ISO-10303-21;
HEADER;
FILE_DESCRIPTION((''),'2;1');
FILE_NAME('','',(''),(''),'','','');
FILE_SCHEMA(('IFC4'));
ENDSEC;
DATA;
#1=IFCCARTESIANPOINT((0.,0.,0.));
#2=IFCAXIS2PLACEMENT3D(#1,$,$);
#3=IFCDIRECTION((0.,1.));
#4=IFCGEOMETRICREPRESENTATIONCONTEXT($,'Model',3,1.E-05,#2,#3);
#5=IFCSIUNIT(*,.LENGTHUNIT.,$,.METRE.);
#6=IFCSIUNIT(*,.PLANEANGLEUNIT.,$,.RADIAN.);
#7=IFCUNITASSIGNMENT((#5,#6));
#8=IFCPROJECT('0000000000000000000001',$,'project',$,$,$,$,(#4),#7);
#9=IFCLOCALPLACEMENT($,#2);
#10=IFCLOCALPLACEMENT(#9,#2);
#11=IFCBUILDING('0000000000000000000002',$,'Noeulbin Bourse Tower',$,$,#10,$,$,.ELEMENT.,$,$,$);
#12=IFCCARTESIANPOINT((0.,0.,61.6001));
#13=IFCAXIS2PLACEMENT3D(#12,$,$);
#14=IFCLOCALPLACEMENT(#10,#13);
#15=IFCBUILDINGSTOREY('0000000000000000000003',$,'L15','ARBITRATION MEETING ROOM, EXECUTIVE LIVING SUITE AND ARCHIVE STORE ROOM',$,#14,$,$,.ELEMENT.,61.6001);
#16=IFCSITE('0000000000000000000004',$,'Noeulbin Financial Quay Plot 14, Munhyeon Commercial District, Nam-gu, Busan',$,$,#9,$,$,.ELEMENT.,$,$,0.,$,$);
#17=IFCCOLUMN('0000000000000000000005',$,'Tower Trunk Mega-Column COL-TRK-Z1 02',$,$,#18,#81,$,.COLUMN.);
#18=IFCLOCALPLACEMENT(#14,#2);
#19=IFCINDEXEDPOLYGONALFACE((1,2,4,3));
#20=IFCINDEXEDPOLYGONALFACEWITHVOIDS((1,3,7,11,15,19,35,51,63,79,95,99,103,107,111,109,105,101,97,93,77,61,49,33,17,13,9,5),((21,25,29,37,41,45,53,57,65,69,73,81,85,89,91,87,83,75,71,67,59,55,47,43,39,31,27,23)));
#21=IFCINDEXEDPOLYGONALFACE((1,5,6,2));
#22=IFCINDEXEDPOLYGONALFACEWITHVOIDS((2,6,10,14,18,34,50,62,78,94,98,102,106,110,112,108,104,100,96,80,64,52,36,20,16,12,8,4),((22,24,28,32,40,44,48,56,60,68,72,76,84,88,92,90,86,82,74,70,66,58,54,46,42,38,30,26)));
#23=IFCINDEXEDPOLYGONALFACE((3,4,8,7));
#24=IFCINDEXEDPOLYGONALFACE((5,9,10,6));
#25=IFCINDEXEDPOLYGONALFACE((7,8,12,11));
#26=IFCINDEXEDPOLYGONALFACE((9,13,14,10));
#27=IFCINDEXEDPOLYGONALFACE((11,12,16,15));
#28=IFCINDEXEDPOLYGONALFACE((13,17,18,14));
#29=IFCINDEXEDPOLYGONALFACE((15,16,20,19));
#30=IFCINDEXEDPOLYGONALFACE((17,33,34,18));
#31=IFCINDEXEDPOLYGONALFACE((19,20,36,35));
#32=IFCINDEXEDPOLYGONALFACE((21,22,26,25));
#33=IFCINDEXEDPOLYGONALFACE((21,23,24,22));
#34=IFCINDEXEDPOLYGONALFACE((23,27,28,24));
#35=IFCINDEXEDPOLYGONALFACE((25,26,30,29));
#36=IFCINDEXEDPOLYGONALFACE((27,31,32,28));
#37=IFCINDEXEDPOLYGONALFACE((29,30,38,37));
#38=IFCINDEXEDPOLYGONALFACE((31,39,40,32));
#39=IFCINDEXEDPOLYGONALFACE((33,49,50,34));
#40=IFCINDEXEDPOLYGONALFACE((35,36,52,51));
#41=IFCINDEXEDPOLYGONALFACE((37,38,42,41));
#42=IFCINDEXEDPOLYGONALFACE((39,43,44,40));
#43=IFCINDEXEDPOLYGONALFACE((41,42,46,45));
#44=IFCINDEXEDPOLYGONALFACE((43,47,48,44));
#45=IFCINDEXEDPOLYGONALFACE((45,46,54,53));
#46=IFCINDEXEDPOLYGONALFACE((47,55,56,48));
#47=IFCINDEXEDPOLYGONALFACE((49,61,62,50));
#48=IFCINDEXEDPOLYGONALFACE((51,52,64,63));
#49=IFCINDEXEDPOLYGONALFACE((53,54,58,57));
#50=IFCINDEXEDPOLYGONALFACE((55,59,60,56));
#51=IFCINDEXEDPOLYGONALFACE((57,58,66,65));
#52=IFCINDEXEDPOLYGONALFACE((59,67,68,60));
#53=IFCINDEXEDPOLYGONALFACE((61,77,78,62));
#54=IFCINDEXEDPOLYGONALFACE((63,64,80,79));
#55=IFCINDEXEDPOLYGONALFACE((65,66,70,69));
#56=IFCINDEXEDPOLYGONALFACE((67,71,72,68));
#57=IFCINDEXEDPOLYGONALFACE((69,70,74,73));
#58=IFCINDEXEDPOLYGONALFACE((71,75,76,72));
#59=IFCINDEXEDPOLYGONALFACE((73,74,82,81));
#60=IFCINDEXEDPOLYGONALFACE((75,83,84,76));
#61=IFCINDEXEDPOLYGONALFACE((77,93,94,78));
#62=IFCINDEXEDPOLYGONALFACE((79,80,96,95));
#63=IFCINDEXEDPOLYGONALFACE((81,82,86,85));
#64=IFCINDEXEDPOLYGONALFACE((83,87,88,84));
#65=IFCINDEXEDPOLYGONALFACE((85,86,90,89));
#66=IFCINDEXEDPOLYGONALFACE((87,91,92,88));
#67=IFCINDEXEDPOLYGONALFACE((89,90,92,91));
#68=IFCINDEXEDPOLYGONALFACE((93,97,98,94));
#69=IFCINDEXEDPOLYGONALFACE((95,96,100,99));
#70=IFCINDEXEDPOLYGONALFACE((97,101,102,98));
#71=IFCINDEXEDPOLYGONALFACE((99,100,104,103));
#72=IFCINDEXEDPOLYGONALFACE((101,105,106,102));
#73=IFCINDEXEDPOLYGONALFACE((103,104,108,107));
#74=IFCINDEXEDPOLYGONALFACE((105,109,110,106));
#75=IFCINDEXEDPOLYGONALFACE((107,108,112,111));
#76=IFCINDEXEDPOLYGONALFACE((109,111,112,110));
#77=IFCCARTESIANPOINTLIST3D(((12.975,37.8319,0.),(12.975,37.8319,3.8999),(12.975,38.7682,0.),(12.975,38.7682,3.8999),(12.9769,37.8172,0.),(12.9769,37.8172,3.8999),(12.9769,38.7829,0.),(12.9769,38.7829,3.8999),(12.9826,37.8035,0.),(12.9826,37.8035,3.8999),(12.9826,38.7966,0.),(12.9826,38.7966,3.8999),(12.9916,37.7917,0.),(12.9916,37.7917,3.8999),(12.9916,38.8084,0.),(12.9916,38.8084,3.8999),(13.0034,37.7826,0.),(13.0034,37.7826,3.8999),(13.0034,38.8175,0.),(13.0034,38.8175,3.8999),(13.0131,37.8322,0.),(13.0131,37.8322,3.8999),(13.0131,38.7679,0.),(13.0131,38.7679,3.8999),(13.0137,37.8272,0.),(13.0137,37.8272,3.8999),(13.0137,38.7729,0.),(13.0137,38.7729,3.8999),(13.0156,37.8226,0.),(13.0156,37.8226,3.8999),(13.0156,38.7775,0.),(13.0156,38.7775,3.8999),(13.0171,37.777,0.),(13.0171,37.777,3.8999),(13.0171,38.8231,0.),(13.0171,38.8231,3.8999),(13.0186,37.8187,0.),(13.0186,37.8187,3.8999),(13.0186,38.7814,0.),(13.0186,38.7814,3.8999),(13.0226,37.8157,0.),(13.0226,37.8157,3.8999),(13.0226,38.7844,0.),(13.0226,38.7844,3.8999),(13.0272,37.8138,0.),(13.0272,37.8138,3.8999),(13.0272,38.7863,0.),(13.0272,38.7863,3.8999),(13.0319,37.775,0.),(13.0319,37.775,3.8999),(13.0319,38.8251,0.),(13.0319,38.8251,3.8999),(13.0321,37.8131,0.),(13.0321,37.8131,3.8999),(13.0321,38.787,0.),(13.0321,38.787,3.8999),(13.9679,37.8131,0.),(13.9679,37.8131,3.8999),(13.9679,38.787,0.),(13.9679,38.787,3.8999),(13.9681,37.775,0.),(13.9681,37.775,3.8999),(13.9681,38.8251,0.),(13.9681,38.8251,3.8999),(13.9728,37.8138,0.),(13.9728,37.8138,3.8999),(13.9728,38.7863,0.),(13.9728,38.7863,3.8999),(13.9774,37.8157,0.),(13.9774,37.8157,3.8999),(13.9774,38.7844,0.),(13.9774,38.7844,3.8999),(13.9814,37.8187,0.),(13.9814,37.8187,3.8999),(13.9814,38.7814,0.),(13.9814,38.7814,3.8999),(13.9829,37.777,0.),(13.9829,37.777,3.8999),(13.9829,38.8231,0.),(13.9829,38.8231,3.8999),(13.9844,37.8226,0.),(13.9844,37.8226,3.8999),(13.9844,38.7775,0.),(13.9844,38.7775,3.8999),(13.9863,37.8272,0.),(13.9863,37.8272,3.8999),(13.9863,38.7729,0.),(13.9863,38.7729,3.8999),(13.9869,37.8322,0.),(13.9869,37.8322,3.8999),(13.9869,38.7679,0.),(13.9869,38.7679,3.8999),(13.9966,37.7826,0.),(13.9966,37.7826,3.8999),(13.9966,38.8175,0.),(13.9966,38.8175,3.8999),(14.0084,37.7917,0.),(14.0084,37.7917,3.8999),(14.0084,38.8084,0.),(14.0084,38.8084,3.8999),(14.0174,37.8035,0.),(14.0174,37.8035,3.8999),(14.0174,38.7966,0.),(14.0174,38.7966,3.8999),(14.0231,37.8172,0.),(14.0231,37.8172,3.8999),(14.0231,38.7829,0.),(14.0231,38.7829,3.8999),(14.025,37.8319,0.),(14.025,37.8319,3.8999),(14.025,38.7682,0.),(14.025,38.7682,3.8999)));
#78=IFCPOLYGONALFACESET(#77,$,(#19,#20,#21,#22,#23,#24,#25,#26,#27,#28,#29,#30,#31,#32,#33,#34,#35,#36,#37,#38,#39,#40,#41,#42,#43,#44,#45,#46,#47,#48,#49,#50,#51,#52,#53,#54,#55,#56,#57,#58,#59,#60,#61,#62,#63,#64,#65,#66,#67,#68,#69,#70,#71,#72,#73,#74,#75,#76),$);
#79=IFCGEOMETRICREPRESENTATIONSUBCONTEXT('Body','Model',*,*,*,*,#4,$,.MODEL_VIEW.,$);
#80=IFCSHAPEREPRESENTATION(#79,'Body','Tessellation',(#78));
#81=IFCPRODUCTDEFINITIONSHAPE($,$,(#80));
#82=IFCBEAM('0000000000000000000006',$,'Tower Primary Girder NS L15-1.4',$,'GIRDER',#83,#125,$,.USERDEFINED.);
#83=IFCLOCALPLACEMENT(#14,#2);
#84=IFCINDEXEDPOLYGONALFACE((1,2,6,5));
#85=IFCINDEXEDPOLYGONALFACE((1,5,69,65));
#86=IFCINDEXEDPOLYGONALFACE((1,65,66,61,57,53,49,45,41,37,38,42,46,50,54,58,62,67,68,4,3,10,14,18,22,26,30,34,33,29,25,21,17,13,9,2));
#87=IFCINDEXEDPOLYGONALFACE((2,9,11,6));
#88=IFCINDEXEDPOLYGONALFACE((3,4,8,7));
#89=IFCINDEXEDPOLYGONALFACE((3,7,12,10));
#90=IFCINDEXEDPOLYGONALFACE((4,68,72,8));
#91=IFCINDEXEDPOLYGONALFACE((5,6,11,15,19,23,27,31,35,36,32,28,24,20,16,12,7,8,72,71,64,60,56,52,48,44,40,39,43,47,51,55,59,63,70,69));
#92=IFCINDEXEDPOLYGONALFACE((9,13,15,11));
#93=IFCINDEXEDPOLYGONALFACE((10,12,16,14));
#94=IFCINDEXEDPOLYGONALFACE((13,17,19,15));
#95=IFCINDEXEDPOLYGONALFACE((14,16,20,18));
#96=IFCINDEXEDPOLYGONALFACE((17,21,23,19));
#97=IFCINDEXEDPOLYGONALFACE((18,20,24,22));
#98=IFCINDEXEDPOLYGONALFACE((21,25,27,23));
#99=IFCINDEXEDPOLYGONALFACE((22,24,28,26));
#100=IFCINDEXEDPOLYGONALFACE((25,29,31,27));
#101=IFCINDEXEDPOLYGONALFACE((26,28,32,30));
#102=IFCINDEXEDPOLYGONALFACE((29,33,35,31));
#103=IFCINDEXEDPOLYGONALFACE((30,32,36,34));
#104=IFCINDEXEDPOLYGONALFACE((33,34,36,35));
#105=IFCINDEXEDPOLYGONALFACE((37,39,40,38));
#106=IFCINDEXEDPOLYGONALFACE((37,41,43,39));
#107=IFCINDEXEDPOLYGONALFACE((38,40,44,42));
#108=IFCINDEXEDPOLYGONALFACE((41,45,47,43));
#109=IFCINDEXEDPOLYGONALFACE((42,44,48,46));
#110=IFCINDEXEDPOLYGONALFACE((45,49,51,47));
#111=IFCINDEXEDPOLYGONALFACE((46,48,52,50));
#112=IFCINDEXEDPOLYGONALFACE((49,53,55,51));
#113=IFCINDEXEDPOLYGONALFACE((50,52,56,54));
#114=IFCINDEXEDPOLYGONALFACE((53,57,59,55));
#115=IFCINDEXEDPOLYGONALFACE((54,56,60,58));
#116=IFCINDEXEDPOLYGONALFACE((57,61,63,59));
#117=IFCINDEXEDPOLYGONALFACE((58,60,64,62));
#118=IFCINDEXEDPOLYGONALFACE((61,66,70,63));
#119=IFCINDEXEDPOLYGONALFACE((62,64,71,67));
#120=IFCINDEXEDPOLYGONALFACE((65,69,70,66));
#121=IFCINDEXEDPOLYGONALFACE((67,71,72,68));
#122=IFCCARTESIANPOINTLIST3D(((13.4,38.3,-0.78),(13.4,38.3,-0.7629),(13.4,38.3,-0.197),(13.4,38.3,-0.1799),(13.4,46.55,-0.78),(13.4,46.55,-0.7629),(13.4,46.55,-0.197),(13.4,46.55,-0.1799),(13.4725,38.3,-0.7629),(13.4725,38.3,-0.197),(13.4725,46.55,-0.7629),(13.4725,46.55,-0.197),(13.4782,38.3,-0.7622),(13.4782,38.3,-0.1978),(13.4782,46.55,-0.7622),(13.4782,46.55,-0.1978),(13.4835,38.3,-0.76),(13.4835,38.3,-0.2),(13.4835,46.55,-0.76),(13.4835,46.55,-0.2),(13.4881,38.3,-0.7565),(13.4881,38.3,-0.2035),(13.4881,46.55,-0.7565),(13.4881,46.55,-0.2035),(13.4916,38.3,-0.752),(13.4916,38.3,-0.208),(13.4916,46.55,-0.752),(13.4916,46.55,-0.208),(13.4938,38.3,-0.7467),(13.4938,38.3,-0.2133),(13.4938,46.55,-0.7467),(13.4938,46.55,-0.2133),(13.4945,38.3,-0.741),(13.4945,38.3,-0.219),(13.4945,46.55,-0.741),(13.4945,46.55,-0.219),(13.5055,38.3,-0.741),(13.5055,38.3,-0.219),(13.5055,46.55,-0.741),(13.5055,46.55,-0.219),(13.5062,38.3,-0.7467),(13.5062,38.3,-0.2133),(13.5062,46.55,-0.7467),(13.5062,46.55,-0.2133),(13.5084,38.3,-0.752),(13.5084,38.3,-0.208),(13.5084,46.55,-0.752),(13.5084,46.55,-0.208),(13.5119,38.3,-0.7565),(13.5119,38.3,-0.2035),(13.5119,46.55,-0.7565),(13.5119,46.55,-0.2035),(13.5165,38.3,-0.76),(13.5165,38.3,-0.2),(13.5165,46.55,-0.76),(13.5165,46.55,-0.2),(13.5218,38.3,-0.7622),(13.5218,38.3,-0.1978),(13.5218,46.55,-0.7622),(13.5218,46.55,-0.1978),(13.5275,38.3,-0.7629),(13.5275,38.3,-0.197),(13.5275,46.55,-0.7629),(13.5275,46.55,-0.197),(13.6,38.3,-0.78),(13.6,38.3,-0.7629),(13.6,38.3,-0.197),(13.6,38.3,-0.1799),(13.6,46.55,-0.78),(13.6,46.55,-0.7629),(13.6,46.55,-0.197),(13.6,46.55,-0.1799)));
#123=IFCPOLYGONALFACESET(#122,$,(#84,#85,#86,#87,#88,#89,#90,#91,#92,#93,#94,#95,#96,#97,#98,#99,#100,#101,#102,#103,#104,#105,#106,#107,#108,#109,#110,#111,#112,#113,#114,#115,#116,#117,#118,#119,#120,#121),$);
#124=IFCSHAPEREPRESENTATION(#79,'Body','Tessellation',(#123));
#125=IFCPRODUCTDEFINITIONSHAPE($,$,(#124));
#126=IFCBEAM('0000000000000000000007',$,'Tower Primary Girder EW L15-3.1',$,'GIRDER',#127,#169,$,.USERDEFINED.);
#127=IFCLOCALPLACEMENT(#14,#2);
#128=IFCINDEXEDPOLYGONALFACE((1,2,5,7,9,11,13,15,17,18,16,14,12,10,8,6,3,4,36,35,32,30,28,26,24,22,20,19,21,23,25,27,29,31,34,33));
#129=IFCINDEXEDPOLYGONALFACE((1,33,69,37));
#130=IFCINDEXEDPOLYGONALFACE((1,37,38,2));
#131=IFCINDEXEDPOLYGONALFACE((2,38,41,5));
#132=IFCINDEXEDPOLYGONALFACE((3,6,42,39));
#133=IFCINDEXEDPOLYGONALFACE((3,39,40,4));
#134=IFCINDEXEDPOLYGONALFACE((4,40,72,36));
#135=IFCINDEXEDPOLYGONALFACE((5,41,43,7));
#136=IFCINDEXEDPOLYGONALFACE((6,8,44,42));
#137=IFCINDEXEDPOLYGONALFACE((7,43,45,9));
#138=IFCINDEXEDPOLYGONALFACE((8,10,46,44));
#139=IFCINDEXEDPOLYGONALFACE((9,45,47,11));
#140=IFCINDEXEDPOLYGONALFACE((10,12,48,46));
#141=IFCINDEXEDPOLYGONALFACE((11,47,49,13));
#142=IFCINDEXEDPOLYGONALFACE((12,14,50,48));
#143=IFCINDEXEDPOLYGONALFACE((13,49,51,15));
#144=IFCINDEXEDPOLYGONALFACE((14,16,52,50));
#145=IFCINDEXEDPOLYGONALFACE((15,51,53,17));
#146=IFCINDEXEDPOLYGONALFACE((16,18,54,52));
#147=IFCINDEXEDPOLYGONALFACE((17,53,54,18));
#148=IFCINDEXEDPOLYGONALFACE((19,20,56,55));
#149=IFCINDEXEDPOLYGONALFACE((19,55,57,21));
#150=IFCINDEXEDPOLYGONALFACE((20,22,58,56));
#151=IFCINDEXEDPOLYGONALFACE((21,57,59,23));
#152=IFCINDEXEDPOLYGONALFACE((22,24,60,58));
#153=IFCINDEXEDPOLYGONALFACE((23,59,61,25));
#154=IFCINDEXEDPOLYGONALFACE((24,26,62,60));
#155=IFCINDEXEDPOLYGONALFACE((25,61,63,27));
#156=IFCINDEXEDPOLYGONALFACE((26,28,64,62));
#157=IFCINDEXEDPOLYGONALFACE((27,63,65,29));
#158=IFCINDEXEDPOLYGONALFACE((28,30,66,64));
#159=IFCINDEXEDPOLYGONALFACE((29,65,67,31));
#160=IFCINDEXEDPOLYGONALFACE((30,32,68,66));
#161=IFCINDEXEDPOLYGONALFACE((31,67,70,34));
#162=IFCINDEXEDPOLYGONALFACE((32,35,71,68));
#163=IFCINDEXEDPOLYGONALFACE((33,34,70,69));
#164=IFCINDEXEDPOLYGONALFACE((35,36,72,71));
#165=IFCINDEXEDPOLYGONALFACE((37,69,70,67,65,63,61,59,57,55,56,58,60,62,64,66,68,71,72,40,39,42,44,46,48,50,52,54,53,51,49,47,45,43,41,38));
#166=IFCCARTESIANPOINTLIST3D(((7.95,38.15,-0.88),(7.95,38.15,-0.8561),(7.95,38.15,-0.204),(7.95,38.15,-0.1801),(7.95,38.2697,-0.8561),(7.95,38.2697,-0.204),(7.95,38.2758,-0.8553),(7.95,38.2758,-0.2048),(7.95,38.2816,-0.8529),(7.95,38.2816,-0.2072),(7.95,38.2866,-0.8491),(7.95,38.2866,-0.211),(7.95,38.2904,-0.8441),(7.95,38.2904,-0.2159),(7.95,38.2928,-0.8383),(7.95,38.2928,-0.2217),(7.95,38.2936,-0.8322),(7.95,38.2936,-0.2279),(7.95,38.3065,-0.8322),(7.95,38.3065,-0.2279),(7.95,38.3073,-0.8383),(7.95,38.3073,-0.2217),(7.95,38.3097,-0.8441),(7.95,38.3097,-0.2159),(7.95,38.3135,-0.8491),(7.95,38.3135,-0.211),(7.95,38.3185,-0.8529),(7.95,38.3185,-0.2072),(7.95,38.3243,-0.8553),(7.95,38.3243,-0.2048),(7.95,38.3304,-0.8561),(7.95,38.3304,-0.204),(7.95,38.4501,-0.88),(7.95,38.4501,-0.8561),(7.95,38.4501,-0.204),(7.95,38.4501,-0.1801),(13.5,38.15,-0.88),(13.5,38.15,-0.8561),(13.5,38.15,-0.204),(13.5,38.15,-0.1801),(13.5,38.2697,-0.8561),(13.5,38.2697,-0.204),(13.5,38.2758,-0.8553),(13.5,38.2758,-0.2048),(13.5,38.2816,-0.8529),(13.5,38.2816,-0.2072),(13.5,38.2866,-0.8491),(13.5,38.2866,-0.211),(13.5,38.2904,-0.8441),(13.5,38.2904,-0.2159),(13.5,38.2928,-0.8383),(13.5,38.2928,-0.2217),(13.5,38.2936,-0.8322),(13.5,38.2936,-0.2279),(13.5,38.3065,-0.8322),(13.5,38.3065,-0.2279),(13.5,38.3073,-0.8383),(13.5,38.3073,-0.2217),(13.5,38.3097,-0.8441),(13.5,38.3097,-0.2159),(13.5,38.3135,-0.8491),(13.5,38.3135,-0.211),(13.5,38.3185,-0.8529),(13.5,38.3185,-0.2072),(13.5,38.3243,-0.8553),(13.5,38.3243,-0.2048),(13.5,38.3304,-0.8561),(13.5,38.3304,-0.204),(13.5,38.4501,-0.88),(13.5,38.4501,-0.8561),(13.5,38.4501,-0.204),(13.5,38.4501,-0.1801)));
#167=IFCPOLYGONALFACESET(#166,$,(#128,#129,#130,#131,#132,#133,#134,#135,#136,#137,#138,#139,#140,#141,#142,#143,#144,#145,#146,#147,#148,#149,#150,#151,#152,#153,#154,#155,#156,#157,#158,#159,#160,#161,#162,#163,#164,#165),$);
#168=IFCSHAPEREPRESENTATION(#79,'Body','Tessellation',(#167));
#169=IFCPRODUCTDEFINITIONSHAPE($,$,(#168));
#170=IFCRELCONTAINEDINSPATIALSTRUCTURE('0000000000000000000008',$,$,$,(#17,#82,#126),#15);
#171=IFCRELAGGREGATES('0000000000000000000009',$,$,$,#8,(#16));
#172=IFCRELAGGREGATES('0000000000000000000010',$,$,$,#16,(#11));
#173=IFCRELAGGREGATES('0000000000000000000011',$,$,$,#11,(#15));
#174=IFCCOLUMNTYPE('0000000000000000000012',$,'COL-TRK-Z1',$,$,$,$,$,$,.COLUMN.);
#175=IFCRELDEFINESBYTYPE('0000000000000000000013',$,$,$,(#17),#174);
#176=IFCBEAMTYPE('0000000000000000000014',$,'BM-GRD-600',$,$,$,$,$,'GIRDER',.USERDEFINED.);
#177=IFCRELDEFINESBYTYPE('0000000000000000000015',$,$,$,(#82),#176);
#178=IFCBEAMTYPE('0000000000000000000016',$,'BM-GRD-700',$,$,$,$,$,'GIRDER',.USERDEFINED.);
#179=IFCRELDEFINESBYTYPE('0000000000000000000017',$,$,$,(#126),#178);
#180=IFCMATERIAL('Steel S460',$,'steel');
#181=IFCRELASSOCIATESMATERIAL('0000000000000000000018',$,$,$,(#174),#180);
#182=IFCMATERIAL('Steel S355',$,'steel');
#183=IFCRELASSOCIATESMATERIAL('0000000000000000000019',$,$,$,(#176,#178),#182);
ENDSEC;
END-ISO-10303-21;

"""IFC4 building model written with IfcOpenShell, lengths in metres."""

from ifc_helpers import new_model, si_unit, direction, frame, origin, origin_2d, place, context, subcontext, project, spatial, hollow_rectangle, i_section, extrude, material, material_profile, profile_set, type_object, element, save


model = new_model("IFC4")

# Units and contexts
model_context = context("Model", 3, precision=1e-05, world=origin(), true_north=direction((0.0, 1.0)))
body_context = subcontext(model_context, "Body", "Model", "MODEL_VIEW")
ifc_project = project(units=[si_unit("LENGTHUNIT", "METRE"), si_unit("PLANEANGLEUNIT", "RADIAN")], contexts=[model_context])

# Site, building, storey
site_placement = place(None, origin())
site = spatial("IfcSite", under=ifc_project, at=site_placement, Name="Noeulbin Financial Quay Plot 14, Munhyeon Commercial District, Nam-gu, Busan", CompositionType="ELEMENT", RefElevation=0.0)
building_placement = place(site_placement, origin())
building = spatial("IfcBuilding", under=site, at=building_placement, Name="Noeulbin Bourse Tower", CompositionType="ELEMENT")
storey_placement = place(building_placement, frame((0.0, 0.0, 61.6001)))
storey = spatial("IfcBuildingStorey", under=building, at=storey_placement, Name="L15", Description="ARBITRATION MEETING ROOM, EXECUTIVE LIVING SUITE AND ARCHIVE STORE ROOM", CompositionType="ELEMENT", Elevation=61.6001)

# Column
ifc_material_1 = material(Name="Steel S460", Category="steel")
ifc_material_profile_1 = material_profile(ifc_material_1, hollow_rectangle(XDim=1.05, YDim=1.05, WallThickness=0.0381, InnerFilletRadius=0.019, OuterFilletRadius=0.0569, at=origin_2d()), Name="BOX-1050x1050x38", Category="LoadBearing")
ifc_profile_set_1 = profile_set([ifc_material_profile_1], Name="Steel S460")
column_type_1 = type_object("IfcColumnType", Name="COL-TRK-Z1", PredefinedType="COLUMN", material=ifc_profile_set_1)
column_placement = place(storey_placement, frame((13.5, 38.3, 0.0), z_axis=(0.0, 0.0, 1.0), x_axis=(1.0, 0.0, 0.0)))
element("IfcColumn", 1, at=column_placement, inside=storey, type_object=column_type_1, Name="Tower Trunk Mega-Column COL-TRK-Z1 02", PredefinedType="COLUMN", context=body_context, shape_type="SweptSolid", body=[
    extrude(hollow_rectangle(XDim=1.05, YDim=1.05, WallThickness=0.0381, InnerFilletRadius=0.019, OuterFilletRadius=0.0569, at=origin_2d()), origin(), (0.0, 0.0, 1.0), 3.8999),
])

# Beams
ifc_material_2 = material(Name="Steel S355", Category="steel")
ifc_material_profile_2 = material_profile(ifc_material_2, i_section(OverallWidth=0.2, OverallDepth=0.6001, WebThickness=0.011, FlangeThickness=0.0171, FilletRadius=0.022, at=origin_2d()), Name="H-600x200x11x17", Category="LoadBearing")
ifc_profile_set_2 = profile_set([ifc_material_profile_2], Name="Steel S355")
beam_type_1 = type_object("IfcBeamType", Name="BM-GRD-600", ElementType="GIRDER", PredefinedType="USERDEFINED", material=ifc_profile_set_2)
beam_1_placement = place(storey_placement, frame((13.5, 38.3, -0.48), z_axis=(0.0, 1.0, 0.0), x_axis=(-1.0, 0.0, 0.0)))
element("IfcBeam", 2, at=beam_1_placement, inside=storey, type_object=beam_type_1, Name="Tower Primary Girder NS L15-1.4", ObjectType="GIRDER", PredefinedType="USERDEFINED", context=body_context, shape_type="SweptSolid", body=[
    extrude(i_section(OverallWidth=0.2, OverallDepth=0.6001, WebThickness=0.011, FlangeThickness=0.0171, FilletRadius=0.022, at=origin_2d()), origin(), (0.0, 0.0, 1.0), 8.25),
])
ifc_material_profile_3 = material_profile(ifc_material_2, i_section(OverallWidth=0.3, OverallDepth=0.7, WebThickness=0.0129, FlangeThickness=0.0239, FilletRadius=0.0239, at=origin_2d()), Name="H-700x300x13x24", Category="LoadBearing")
ifc_profile_set_3 = profile_set([ifc_material_profile_3], Name="Steel S355")
beam_type_2 = type_object("IfcBeamType", Name="BM-GRD-700", ElementType="GIRDER", PredefinedType="USERDEFINED", material=ifc_profile_set_3)
beam_2_placement = place(storey_placement, frame((7.95, 38.3, -0.53), z_axis=(1.0, 0.0, 0.0), x_axis=(0.0, 1.0, 0.0)))
element("IfcBeam", 3, at=beam_2_placement, inside=storey, type_object=beam_type_2, Name="Tower Primary Girder EW L15-3.1", ObjectType="GIRDER", PredefinedType="USERDEFINED", context=body_context, shape_type="SweptSolid", body=[
    extrude(i_section(OverallWidth=0.3, OverallDepth=0.7, WebThickness=0.0129, FlangeThickness=0.0239, FilletRadius=0.0239, at=origin_2d()), origin(), (0.0, 0.0, 1.0), 5.55),
])

save(model, "model.ifc")
